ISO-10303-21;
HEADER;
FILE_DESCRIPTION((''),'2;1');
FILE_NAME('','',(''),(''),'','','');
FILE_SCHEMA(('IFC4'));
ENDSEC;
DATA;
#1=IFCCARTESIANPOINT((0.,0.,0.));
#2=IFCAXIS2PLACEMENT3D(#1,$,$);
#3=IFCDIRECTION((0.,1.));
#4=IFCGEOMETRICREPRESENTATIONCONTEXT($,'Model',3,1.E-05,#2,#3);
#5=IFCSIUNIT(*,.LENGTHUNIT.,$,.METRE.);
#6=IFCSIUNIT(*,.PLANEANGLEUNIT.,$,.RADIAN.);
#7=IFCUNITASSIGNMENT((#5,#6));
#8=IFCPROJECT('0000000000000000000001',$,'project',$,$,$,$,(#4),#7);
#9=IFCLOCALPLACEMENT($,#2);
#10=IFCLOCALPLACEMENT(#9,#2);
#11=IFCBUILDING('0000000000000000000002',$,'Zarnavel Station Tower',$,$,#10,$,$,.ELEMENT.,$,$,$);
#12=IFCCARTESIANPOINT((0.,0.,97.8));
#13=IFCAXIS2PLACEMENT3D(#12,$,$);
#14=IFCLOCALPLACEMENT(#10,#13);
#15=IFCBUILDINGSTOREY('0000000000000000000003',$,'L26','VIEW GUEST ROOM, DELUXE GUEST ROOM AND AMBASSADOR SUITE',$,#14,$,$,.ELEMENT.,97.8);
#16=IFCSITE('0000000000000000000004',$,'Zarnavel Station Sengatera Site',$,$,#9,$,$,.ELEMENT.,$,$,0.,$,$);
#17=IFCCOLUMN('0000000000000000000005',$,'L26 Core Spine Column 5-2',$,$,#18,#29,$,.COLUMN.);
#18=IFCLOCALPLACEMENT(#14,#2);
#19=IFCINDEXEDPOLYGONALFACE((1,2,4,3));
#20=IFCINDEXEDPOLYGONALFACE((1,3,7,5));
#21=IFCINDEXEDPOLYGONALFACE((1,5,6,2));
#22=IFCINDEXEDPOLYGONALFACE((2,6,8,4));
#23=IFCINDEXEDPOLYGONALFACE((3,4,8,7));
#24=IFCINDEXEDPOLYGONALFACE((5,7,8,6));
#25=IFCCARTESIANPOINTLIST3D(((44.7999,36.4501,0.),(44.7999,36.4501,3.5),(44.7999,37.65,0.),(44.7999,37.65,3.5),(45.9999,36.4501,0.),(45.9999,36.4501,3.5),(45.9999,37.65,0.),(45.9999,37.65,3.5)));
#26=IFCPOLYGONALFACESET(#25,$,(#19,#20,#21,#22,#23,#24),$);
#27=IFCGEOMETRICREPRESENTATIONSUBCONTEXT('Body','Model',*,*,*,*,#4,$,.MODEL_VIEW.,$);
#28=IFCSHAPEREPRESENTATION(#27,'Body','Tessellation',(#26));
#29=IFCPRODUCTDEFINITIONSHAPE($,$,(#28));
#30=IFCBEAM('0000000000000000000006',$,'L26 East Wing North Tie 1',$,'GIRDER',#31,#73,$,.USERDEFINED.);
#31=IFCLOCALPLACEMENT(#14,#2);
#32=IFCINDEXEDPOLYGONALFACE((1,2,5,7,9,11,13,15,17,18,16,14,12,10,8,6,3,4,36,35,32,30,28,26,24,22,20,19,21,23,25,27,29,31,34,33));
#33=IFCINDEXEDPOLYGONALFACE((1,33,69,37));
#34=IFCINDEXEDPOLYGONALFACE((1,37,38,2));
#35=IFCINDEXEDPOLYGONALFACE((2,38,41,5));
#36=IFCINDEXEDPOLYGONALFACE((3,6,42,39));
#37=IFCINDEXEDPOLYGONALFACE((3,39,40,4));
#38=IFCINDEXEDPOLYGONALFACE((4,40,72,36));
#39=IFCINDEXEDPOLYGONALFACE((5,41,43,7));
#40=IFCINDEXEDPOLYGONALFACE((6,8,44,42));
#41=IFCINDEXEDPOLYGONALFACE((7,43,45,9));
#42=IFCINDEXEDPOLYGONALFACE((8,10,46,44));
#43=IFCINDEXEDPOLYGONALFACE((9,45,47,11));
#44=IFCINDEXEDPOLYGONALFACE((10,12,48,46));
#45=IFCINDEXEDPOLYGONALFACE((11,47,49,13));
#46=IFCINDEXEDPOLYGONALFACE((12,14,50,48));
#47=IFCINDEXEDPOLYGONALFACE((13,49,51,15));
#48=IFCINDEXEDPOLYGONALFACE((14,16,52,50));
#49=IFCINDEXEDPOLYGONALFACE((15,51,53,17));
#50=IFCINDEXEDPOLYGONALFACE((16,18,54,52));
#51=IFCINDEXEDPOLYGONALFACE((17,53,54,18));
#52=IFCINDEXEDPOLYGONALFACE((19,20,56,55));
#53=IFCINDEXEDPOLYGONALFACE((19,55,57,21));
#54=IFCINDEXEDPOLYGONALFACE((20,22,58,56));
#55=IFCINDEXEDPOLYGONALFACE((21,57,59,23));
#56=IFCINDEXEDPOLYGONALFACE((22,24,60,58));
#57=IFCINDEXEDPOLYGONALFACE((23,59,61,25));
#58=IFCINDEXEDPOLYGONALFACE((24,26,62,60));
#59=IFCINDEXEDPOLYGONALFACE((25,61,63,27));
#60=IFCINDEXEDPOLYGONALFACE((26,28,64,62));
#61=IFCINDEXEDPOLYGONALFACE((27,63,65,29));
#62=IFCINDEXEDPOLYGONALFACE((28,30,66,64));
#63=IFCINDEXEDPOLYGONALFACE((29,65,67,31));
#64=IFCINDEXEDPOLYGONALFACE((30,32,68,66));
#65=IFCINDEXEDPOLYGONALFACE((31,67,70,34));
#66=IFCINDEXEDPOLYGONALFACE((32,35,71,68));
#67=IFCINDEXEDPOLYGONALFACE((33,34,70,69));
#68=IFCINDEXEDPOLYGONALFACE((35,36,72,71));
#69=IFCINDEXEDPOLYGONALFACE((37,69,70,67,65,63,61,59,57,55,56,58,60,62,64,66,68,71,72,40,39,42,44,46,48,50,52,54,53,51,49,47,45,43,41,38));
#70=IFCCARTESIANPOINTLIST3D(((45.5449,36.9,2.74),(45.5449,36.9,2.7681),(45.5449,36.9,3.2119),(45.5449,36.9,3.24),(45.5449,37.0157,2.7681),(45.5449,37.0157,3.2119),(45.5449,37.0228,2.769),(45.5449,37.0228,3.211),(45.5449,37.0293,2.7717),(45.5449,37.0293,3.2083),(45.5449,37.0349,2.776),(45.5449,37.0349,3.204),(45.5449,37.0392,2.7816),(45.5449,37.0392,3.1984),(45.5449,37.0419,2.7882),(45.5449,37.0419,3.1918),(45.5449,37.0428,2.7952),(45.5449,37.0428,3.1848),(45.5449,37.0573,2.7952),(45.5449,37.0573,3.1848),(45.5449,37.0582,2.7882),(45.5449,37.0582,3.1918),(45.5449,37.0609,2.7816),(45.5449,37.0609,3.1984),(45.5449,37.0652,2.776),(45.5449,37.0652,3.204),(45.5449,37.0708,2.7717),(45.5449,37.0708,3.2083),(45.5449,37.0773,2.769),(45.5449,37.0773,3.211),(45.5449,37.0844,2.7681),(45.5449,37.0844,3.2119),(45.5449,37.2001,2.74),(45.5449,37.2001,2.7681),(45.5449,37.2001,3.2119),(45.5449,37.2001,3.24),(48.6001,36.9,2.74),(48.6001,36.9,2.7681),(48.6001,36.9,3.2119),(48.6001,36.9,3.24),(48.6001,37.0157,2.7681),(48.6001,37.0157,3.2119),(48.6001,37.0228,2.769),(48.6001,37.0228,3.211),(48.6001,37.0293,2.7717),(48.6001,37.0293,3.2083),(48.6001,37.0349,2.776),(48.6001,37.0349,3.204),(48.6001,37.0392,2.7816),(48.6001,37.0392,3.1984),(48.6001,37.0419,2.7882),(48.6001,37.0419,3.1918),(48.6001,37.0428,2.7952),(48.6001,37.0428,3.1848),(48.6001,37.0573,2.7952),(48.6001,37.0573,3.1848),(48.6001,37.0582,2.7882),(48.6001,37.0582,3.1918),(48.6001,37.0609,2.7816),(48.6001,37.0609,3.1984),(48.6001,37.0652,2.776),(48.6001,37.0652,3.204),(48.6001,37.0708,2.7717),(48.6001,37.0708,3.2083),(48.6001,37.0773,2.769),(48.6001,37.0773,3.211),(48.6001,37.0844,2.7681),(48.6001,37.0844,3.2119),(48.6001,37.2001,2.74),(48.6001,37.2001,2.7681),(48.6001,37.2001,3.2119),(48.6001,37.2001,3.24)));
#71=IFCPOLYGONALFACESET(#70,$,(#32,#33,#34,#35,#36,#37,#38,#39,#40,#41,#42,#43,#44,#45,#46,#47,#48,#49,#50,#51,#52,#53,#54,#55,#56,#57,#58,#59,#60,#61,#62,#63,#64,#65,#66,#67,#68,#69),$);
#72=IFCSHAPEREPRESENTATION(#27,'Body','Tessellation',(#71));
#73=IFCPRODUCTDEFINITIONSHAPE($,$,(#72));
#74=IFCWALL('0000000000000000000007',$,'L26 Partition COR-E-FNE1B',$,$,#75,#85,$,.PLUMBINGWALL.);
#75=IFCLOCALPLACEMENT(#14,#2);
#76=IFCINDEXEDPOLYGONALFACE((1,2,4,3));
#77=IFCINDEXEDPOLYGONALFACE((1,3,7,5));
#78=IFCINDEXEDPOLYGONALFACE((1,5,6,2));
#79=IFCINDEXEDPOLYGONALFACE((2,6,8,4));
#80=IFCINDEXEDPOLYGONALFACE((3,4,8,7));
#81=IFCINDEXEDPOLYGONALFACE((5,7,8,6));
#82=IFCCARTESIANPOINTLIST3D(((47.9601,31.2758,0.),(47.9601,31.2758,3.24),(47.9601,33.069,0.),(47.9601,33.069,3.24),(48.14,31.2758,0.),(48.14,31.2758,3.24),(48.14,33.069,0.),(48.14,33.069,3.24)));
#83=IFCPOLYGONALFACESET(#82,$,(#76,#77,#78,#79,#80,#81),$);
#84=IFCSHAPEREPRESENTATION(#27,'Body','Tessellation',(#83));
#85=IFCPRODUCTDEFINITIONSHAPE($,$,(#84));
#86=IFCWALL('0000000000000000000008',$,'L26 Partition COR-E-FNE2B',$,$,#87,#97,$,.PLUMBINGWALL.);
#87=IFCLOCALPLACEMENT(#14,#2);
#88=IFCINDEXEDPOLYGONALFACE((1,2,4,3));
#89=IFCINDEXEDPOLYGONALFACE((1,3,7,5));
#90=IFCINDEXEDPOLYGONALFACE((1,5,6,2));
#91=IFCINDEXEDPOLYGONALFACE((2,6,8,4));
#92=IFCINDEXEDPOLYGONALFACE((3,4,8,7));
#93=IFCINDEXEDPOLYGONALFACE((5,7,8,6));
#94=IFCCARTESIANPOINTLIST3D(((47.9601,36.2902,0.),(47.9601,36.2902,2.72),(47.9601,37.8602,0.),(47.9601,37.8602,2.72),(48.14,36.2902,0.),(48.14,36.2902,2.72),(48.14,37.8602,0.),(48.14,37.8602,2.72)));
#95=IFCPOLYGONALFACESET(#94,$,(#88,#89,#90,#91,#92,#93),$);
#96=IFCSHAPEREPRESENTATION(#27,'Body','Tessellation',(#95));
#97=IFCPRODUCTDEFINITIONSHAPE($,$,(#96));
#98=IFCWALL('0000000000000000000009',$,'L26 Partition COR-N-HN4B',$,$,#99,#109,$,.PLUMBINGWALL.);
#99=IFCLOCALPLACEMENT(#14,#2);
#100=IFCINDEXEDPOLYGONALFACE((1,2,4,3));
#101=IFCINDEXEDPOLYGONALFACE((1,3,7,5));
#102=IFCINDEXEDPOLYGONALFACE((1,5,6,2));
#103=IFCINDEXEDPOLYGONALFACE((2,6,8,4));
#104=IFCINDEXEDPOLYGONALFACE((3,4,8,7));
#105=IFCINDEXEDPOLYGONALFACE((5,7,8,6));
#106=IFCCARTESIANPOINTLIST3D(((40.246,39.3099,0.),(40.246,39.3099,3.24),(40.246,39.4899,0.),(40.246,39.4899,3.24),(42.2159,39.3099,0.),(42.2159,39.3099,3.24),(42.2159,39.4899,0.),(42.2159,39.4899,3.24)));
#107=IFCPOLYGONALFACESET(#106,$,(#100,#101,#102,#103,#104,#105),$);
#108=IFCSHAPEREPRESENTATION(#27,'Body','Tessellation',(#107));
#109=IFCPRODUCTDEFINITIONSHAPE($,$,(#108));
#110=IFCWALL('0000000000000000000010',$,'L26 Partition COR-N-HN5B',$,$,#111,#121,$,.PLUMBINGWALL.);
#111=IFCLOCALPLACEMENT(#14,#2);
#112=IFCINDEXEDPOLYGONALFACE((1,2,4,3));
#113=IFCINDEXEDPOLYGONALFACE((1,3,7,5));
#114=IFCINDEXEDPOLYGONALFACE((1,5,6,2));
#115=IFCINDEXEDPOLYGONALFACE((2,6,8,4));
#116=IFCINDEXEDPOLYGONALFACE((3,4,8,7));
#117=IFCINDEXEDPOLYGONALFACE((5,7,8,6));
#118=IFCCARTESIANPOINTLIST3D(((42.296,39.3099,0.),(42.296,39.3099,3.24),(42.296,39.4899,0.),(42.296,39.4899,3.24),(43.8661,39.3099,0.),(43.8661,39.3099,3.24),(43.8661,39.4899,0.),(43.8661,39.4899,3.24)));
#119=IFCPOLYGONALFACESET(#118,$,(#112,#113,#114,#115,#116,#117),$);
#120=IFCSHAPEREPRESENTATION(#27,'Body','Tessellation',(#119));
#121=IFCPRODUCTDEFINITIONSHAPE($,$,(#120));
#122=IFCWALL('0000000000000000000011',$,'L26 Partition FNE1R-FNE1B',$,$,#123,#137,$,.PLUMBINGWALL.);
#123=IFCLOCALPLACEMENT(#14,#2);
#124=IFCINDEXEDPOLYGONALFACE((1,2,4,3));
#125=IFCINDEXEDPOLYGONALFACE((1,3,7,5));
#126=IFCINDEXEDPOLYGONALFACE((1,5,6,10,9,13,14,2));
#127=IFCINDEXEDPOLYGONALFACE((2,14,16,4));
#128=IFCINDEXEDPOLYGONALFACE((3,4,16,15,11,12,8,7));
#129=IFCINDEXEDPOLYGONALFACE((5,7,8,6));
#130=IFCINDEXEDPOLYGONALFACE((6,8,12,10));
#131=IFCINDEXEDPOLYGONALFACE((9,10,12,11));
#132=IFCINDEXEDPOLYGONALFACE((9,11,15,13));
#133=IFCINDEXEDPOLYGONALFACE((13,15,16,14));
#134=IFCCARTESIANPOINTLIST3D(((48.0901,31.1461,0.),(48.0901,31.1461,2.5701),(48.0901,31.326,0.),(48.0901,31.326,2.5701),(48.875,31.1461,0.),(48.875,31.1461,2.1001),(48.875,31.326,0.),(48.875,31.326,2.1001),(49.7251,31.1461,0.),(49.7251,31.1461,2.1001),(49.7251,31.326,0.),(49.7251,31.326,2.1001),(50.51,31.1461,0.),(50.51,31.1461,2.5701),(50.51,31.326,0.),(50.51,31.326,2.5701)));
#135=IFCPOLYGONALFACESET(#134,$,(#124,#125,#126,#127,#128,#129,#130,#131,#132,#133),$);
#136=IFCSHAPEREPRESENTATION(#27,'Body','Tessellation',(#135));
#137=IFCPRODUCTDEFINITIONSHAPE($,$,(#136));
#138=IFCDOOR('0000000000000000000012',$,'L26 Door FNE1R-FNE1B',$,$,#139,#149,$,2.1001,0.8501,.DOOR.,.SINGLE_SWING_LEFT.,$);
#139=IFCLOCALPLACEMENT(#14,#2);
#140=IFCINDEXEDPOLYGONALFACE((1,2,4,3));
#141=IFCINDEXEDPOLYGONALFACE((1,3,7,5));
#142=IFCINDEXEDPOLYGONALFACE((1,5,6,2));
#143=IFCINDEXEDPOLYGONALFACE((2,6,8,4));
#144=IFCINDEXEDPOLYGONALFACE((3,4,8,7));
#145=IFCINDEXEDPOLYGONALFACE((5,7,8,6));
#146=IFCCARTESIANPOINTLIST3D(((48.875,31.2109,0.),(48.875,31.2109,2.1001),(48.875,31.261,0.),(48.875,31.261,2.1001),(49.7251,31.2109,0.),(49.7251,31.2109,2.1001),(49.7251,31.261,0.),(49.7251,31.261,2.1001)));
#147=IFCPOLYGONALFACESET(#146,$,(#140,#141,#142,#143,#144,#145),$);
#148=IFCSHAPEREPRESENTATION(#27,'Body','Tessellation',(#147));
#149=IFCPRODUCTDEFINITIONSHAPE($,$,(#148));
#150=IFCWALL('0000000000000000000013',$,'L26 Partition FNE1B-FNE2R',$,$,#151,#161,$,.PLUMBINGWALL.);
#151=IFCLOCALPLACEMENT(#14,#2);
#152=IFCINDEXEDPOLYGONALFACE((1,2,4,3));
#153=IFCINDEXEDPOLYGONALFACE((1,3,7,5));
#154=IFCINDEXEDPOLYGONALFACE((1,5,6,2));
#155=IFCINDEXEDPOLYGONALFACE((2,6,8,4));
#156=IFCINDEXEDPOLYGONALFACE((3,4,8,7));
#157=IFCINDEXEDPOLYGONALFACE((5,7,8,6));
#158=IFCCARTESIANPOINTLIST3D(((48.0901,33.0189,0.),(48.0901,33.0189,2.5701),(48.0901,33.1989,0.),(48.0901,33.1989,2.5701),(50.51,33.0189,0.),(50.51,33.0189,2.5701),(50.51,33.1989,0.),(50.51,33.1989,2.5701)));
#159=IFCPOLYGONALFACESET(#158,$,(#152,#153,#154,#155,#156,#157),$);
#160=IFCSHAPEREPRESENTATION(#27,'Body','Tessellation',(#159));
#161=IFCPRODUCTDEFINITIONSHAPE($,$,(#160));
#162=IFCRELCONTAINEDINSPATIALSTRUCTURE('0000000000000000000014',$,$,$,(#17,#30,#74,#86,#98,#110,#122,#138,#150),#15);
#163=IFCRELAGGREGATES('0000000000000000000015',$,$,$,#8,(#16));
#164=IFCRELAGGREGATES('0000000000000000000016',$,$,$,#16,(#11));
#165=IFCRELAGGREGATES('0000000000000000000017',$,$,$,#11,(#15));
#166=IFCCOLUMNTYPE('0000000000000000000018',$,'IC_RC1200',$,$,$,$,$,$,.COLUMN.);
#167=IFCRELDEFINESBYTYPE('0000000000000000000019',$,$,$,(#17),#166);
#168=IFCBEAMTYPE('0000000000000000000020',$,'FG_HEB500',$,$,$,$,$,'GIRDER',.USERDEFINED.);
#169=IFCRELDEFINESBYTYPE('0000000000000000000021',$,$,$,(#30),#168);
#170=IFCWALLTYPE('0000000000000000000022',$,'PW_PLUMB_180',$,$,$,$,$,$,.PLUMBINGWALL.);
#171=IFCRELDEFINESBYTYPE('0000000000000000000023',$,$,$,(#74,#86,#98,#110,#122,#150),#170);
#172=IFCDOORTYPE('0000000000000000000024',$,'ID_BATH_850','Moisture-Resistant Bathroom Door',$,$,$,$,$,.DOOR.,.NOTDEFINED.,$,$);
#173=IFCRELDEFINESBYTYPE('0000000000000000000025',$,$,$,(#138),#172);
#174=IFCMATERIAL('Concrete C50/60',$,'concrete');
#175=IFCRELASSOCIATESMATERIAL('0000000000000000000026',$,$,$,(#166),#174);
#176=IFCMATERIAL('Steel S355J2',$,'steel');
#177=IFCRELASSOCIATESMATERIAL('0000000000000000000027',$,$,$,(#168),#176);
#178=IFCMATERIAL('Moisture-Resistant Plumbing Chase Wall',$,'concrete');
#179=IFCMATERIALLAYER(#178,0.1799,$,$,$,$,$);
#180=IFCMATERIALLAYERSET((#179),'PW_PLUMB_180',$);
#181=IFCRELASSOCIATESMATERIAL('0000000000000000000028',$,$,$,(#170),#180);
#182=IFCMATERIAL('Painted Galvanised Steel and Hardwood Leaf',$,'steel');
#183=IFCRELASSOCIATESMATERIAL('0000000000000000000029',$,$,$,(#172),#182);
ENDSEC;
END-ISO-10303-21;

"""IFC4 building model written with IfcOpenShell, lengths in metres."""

from ifc_helpers import new_model, si_unit, direction, frame, frame_2d, origin, origin_2d, place, context, subcontext, project, spatial, rectangle, i_section, extrude, material, layer, layer_set, material_profile, profile_set, type_object, element, fill, save


model = new_model("IFC4")

# Units and contexts
model_context = context("Model", 3, precision=1e-05, world=origin(), true_north=direction((0.0, 1.0)))
body_context = subcontext(model_context, "Body", "Model", "MODEL_VIEW")
ifc_project = project(units=[si_unit("LENGTHUNIT", "METRE"), si_unit("PLANEANGLEUNIT", "RADIAN")], contexts=[model_context])

# Site, building, storey
site_placement = place(None, origin())
site = spatial("IfcSite", under=ifc_project, at=site_placement, Name="Zarnavel Station Sengatera Site", CompositionType="ELEMENT", RefElevation=0.0)
building_placement = place(site_placement, origin())
building = spatial("IfcBuilding", under=site, at=building_placement, Name="Zarnavel Station Tower", CompositionType="ELEMENT")
storey_placement = place(building_placement, frame((0.0, 0.0, 97.8)))
storey = spatial("IfcBuildingStorey", under=building, at=storey_placement, Name="L26", Description="VIEW GUEST ROOM, DELUXE GUEST ROOM AND AMBASSADOR SUITE", CompositionType="ELEMENT", Elevation=97.8)

# Column
ifc_material_1 = material(Name="Concrete C50/60", Category="concrete")
ifc_material_profile_1 = material_profile(ifc_material_1, rectangle(XDim=1.2, YDim=1.2, at=origin_2d()), Name="RC1200x1200")
ifc_profile_set_1 = profile_set([ifc_material_profile_1], Name="Concrete C50/60")
column_type = type_object("IfcColumnType", Name="IC_RC1200", PredefinedType="COLUMN", material=ifc_profile_set_1)
column_placement = place(storey_placement, frame((45.3999, 37.05, 0.0), z_axis=(0.0, 0.0, 1.0), x_axis=(1.0, 0.0, 0.0)))
element("IfcColumn", 1, at=column_placement, inside=storey, type_object=column_type, Name="L26 Core Spine Column 5-2", PredefinedType="COLUMN", context=body_context, shape_type="SweptSolid", body=[
    extrude(rectangle(XDim=1.2, YDim=1.2, at=origin_2d()), origin(), (0.0, 0.0, 1.0), 3.5),
])

# Beam
ifc_material_2 = material(Name="Steel S355J2", Category="steel")
ifc_material_profile_2 = material_profile(ifc_material_2, i_section(OverallWidth=0.3, OverallDepth=0.5, WebThickness=0.0144, FlangeThickness=0.0281, FilletRadius=0.0271, at=origin_2d()), Name="HEB500")
ifc_profile_set_2 = profile_set([ifc_material_profile_2], Name="Steel S355J2")
beam_type = type_object("IfcBeamType", Name="FG_HEB500", ElementType="GIRDER", PredefinedType="USERDEFINED", material=ifc_profile_set_2)
beam_placement = place(storey_placement, frame((45.5449, 37.05, 2.99), z_axis=(1.0, 0.0, 0.0), x_axis=(0.0, 1.0, 0.0)))
element("IfcBeam", 2, at=beam_placement, inside=storey, type_object=beam_type, Name="L26 East Wing North Tie 1", ObjectType="GIRDER", PredefinedType="USERDEFINED", context=body_context, shape_type="SweptSolid", body=[
    extrude(i_section(OverallWidth=0.3, OverallDepth=0.5, WebThickness=0.0144, FlangeThickness=0.0281, FilletRadius=0.0271, at=origin_2d()), origin(), (0.0, 0.0, 1.0), 3.0552),
])

# Walls
ifc_material_3 = material(Name="Moisture-Resistant Plumbing Chase Wall", Category="concrete")
ifc_layer_1 = layer(ifc_material_3, 0.1799)
ifc_layer_set_1 = layer_set([ifc_layer_1], Name="PW_PLUMB_180")
wall_type_1 = type_object("IfcWallType", Name="PW_PLUMB_180", PredefinedType="PLUMBINGWALL", material=ifc_layer_set_1)
wall_1_placement = place(storey_placement, frame((48.05, 31.2759, 0.0), z_axis=(0.0, 0.0, 1.0), x_axis=(0.0, 1.0, 0.0)))
element("IfcWall", 3, at=wall_1_placement, inside=storey, type_object=wall_type_1, Name="L26 Partition COR-E-FNE1B", PredefinedType="PLUMBINGWALL", context=body_context, shape_type="SweptSolid", body=[
    extrude(rectangle(XDim=1.7932, YDim=0.1799, at=frame_2d((0.8965, 0.0))), origin(), (0.0, 0.0, 1.0), 3.24),
])
wall_2_placement = place(storey_placement, frame((48.05, 36.29, 0.0), z_axis=(0.0, 0.0, 1.0), x_axis=(0.0, 1.0, 0.0)))
element("IfcWall", 4, at=wall_2_placement, inside=storey, type_object=wall_type_1, Name="L26 Partition COR-E-FNE2B", PredefinedType="PLUMBINGWALL", context=body_context, shape_type="SweptSolid", body=[
    extrude(rectangle(XDim=1.5701, YDim=0.1799, at=frame_2d((0.7852, 0.0))), origin(), (0.0, 0.0, 1.0), 2.72),
])
wall_3_placement = place(storey_placement, frame((40.2461, 39.3999, 0.0), z_axis=(0.0, 0.0, 1.0), x_axis=(1.0, 0.0, 0.0)))
element("IfcWall", 5, at=wall_3_placement, inside=storey, type_object=wall_type_1, Name="L26 Partition COR-N-HN4B", PredefinedType="PLUMBINGWALL", context=body_context, shape_type="SweptSolid", body=[
    extrude(rectangle(XDim=1.97, YDim=0.1799, at=frame_2d((0.9849, 0.0))), origin(), (0.0, 0.0, 1.0), 3.24),
])
wall_4_placement = place(storey_placement, frame((42.2959, 39.3999, 0.0), z_axis=(0.0, 0.0, 1.0), x_axis=(1.0, 0.0, 0.0)))
element("IfcWall", 6, at=wall_4_placement, inside=storey, type_object=wall_type_1, Name="L26 Partition COR-N-HN5B", PredefinedType="PLUMBINGWALL", context=body_context, shape_type="SweptSolid", body=[
    extrude(rectangle(XDim=1.5701, YDim=0.1799, at=frame_2d((0.7852, 0.0))), origin(), (0.0, 0.0, 1.0), 3.24),
])

# Wall, opening, door
wall_5_placement = place(storey_placement, frame((48.0901, 31.2361, 0.0), z_axis=(0.0, 0.0, 1.0), x_axis=(1.0, 0.0, 0.0)))
wall_5 = element("IfcWall", 7, at=wall_5_placement, inside=storey, type_object=wall_type_1, Name="L26 Partition FNE1R-FNE1B", PredefinedType="PLUMBINGWALL", context=body_context, shape_type="SweptSolid", body=[
    extrude(rectangle(XDim=2.4199, YDim=0.1799, at=frame_2d((1.21, 0.0))), origin(), (0.0, 0.0, 1.0), 2.5701),
])
opening_1_placement = place(wall_5_placement, frame((0.7849, 0.0, 0.0)))
opening_1 = element("IfcOpeningElement", 8, at=opening_1_placement, cuts=wall_5, PredefinedType="OPENING", context=body_context, shape_type="SweptSolid", body=[
    extrude(rectangle(XDim=0.8501, YDim=2.1001, at=frame_2d((0.425, 1.05))), frame((0.0, 0.0999, 0.0), z_axis=(0.0, -1.0, 0.0), x_axis=(1.0, 0.0, 0.0)), (0.0, 0.0, 1.0), 0.2),
])
ifc_material_4 = material(Name="Painted Galvanised Steel and Hardwood Leaf", Category="steel")
door_type_1 = type_object("IfcDoorType", Name="ID_BATH_850", Description="Moisture-Resistant Bathroom Door", OperationType="NOTDEFINED", PredefinedType="DOOR", material=ifc_material_4)
door_1_placement = place(opening_1_placement, origin())
door_1 = element("IfcDoor", 9, at=door_1_placement, inside=storey, type_object=door_type_1, Name="L26 Door FNE1R-FNE1B", OperationType="SINGLE_SWING_LEFT", OverallHeight=2.1001, OverallWidth=0.8501, PredefinedType="DOOR", context=body_context, shape_type="SweptSolid", body=[
    extrude(rectangle(XDim=0.8501, YDim=2.1001, at=frame_2d((0.425, 1.05))), frame((0.0, 0.0249, 0.0), z_axis=(0.0, -1.0, 0.0), x_axis=(1.0, 0.0, 0.0)), (0.0, 0.0, 1.0), 0.05),
])
fill(opening_1, door_1)

# Wall
wall_6_placement = place(storey_placement, frame((48.0901, 33.1089, 0.0), z_axis=(0.0, 0.0, 1.0), x_axis=(1.0, 0.0, 0.0)))
element("IfcWall", 10, at=wall_6_placement, inside=storey, type_object=wall_type_1, Name="L26 Partition FNE1B-FNE2R", PredefinedType="PLUMBINGWALL", context=body_context, shape_type="SweptSolid", body=[
    extrude(rectangle(XDim=2.4199, YDim=0.1799, at=frame_2d((1.21, 0.0))), origin(), (0.0, 0.0, 1.0), 2.5701),
])

save(model, "model.ifc")
